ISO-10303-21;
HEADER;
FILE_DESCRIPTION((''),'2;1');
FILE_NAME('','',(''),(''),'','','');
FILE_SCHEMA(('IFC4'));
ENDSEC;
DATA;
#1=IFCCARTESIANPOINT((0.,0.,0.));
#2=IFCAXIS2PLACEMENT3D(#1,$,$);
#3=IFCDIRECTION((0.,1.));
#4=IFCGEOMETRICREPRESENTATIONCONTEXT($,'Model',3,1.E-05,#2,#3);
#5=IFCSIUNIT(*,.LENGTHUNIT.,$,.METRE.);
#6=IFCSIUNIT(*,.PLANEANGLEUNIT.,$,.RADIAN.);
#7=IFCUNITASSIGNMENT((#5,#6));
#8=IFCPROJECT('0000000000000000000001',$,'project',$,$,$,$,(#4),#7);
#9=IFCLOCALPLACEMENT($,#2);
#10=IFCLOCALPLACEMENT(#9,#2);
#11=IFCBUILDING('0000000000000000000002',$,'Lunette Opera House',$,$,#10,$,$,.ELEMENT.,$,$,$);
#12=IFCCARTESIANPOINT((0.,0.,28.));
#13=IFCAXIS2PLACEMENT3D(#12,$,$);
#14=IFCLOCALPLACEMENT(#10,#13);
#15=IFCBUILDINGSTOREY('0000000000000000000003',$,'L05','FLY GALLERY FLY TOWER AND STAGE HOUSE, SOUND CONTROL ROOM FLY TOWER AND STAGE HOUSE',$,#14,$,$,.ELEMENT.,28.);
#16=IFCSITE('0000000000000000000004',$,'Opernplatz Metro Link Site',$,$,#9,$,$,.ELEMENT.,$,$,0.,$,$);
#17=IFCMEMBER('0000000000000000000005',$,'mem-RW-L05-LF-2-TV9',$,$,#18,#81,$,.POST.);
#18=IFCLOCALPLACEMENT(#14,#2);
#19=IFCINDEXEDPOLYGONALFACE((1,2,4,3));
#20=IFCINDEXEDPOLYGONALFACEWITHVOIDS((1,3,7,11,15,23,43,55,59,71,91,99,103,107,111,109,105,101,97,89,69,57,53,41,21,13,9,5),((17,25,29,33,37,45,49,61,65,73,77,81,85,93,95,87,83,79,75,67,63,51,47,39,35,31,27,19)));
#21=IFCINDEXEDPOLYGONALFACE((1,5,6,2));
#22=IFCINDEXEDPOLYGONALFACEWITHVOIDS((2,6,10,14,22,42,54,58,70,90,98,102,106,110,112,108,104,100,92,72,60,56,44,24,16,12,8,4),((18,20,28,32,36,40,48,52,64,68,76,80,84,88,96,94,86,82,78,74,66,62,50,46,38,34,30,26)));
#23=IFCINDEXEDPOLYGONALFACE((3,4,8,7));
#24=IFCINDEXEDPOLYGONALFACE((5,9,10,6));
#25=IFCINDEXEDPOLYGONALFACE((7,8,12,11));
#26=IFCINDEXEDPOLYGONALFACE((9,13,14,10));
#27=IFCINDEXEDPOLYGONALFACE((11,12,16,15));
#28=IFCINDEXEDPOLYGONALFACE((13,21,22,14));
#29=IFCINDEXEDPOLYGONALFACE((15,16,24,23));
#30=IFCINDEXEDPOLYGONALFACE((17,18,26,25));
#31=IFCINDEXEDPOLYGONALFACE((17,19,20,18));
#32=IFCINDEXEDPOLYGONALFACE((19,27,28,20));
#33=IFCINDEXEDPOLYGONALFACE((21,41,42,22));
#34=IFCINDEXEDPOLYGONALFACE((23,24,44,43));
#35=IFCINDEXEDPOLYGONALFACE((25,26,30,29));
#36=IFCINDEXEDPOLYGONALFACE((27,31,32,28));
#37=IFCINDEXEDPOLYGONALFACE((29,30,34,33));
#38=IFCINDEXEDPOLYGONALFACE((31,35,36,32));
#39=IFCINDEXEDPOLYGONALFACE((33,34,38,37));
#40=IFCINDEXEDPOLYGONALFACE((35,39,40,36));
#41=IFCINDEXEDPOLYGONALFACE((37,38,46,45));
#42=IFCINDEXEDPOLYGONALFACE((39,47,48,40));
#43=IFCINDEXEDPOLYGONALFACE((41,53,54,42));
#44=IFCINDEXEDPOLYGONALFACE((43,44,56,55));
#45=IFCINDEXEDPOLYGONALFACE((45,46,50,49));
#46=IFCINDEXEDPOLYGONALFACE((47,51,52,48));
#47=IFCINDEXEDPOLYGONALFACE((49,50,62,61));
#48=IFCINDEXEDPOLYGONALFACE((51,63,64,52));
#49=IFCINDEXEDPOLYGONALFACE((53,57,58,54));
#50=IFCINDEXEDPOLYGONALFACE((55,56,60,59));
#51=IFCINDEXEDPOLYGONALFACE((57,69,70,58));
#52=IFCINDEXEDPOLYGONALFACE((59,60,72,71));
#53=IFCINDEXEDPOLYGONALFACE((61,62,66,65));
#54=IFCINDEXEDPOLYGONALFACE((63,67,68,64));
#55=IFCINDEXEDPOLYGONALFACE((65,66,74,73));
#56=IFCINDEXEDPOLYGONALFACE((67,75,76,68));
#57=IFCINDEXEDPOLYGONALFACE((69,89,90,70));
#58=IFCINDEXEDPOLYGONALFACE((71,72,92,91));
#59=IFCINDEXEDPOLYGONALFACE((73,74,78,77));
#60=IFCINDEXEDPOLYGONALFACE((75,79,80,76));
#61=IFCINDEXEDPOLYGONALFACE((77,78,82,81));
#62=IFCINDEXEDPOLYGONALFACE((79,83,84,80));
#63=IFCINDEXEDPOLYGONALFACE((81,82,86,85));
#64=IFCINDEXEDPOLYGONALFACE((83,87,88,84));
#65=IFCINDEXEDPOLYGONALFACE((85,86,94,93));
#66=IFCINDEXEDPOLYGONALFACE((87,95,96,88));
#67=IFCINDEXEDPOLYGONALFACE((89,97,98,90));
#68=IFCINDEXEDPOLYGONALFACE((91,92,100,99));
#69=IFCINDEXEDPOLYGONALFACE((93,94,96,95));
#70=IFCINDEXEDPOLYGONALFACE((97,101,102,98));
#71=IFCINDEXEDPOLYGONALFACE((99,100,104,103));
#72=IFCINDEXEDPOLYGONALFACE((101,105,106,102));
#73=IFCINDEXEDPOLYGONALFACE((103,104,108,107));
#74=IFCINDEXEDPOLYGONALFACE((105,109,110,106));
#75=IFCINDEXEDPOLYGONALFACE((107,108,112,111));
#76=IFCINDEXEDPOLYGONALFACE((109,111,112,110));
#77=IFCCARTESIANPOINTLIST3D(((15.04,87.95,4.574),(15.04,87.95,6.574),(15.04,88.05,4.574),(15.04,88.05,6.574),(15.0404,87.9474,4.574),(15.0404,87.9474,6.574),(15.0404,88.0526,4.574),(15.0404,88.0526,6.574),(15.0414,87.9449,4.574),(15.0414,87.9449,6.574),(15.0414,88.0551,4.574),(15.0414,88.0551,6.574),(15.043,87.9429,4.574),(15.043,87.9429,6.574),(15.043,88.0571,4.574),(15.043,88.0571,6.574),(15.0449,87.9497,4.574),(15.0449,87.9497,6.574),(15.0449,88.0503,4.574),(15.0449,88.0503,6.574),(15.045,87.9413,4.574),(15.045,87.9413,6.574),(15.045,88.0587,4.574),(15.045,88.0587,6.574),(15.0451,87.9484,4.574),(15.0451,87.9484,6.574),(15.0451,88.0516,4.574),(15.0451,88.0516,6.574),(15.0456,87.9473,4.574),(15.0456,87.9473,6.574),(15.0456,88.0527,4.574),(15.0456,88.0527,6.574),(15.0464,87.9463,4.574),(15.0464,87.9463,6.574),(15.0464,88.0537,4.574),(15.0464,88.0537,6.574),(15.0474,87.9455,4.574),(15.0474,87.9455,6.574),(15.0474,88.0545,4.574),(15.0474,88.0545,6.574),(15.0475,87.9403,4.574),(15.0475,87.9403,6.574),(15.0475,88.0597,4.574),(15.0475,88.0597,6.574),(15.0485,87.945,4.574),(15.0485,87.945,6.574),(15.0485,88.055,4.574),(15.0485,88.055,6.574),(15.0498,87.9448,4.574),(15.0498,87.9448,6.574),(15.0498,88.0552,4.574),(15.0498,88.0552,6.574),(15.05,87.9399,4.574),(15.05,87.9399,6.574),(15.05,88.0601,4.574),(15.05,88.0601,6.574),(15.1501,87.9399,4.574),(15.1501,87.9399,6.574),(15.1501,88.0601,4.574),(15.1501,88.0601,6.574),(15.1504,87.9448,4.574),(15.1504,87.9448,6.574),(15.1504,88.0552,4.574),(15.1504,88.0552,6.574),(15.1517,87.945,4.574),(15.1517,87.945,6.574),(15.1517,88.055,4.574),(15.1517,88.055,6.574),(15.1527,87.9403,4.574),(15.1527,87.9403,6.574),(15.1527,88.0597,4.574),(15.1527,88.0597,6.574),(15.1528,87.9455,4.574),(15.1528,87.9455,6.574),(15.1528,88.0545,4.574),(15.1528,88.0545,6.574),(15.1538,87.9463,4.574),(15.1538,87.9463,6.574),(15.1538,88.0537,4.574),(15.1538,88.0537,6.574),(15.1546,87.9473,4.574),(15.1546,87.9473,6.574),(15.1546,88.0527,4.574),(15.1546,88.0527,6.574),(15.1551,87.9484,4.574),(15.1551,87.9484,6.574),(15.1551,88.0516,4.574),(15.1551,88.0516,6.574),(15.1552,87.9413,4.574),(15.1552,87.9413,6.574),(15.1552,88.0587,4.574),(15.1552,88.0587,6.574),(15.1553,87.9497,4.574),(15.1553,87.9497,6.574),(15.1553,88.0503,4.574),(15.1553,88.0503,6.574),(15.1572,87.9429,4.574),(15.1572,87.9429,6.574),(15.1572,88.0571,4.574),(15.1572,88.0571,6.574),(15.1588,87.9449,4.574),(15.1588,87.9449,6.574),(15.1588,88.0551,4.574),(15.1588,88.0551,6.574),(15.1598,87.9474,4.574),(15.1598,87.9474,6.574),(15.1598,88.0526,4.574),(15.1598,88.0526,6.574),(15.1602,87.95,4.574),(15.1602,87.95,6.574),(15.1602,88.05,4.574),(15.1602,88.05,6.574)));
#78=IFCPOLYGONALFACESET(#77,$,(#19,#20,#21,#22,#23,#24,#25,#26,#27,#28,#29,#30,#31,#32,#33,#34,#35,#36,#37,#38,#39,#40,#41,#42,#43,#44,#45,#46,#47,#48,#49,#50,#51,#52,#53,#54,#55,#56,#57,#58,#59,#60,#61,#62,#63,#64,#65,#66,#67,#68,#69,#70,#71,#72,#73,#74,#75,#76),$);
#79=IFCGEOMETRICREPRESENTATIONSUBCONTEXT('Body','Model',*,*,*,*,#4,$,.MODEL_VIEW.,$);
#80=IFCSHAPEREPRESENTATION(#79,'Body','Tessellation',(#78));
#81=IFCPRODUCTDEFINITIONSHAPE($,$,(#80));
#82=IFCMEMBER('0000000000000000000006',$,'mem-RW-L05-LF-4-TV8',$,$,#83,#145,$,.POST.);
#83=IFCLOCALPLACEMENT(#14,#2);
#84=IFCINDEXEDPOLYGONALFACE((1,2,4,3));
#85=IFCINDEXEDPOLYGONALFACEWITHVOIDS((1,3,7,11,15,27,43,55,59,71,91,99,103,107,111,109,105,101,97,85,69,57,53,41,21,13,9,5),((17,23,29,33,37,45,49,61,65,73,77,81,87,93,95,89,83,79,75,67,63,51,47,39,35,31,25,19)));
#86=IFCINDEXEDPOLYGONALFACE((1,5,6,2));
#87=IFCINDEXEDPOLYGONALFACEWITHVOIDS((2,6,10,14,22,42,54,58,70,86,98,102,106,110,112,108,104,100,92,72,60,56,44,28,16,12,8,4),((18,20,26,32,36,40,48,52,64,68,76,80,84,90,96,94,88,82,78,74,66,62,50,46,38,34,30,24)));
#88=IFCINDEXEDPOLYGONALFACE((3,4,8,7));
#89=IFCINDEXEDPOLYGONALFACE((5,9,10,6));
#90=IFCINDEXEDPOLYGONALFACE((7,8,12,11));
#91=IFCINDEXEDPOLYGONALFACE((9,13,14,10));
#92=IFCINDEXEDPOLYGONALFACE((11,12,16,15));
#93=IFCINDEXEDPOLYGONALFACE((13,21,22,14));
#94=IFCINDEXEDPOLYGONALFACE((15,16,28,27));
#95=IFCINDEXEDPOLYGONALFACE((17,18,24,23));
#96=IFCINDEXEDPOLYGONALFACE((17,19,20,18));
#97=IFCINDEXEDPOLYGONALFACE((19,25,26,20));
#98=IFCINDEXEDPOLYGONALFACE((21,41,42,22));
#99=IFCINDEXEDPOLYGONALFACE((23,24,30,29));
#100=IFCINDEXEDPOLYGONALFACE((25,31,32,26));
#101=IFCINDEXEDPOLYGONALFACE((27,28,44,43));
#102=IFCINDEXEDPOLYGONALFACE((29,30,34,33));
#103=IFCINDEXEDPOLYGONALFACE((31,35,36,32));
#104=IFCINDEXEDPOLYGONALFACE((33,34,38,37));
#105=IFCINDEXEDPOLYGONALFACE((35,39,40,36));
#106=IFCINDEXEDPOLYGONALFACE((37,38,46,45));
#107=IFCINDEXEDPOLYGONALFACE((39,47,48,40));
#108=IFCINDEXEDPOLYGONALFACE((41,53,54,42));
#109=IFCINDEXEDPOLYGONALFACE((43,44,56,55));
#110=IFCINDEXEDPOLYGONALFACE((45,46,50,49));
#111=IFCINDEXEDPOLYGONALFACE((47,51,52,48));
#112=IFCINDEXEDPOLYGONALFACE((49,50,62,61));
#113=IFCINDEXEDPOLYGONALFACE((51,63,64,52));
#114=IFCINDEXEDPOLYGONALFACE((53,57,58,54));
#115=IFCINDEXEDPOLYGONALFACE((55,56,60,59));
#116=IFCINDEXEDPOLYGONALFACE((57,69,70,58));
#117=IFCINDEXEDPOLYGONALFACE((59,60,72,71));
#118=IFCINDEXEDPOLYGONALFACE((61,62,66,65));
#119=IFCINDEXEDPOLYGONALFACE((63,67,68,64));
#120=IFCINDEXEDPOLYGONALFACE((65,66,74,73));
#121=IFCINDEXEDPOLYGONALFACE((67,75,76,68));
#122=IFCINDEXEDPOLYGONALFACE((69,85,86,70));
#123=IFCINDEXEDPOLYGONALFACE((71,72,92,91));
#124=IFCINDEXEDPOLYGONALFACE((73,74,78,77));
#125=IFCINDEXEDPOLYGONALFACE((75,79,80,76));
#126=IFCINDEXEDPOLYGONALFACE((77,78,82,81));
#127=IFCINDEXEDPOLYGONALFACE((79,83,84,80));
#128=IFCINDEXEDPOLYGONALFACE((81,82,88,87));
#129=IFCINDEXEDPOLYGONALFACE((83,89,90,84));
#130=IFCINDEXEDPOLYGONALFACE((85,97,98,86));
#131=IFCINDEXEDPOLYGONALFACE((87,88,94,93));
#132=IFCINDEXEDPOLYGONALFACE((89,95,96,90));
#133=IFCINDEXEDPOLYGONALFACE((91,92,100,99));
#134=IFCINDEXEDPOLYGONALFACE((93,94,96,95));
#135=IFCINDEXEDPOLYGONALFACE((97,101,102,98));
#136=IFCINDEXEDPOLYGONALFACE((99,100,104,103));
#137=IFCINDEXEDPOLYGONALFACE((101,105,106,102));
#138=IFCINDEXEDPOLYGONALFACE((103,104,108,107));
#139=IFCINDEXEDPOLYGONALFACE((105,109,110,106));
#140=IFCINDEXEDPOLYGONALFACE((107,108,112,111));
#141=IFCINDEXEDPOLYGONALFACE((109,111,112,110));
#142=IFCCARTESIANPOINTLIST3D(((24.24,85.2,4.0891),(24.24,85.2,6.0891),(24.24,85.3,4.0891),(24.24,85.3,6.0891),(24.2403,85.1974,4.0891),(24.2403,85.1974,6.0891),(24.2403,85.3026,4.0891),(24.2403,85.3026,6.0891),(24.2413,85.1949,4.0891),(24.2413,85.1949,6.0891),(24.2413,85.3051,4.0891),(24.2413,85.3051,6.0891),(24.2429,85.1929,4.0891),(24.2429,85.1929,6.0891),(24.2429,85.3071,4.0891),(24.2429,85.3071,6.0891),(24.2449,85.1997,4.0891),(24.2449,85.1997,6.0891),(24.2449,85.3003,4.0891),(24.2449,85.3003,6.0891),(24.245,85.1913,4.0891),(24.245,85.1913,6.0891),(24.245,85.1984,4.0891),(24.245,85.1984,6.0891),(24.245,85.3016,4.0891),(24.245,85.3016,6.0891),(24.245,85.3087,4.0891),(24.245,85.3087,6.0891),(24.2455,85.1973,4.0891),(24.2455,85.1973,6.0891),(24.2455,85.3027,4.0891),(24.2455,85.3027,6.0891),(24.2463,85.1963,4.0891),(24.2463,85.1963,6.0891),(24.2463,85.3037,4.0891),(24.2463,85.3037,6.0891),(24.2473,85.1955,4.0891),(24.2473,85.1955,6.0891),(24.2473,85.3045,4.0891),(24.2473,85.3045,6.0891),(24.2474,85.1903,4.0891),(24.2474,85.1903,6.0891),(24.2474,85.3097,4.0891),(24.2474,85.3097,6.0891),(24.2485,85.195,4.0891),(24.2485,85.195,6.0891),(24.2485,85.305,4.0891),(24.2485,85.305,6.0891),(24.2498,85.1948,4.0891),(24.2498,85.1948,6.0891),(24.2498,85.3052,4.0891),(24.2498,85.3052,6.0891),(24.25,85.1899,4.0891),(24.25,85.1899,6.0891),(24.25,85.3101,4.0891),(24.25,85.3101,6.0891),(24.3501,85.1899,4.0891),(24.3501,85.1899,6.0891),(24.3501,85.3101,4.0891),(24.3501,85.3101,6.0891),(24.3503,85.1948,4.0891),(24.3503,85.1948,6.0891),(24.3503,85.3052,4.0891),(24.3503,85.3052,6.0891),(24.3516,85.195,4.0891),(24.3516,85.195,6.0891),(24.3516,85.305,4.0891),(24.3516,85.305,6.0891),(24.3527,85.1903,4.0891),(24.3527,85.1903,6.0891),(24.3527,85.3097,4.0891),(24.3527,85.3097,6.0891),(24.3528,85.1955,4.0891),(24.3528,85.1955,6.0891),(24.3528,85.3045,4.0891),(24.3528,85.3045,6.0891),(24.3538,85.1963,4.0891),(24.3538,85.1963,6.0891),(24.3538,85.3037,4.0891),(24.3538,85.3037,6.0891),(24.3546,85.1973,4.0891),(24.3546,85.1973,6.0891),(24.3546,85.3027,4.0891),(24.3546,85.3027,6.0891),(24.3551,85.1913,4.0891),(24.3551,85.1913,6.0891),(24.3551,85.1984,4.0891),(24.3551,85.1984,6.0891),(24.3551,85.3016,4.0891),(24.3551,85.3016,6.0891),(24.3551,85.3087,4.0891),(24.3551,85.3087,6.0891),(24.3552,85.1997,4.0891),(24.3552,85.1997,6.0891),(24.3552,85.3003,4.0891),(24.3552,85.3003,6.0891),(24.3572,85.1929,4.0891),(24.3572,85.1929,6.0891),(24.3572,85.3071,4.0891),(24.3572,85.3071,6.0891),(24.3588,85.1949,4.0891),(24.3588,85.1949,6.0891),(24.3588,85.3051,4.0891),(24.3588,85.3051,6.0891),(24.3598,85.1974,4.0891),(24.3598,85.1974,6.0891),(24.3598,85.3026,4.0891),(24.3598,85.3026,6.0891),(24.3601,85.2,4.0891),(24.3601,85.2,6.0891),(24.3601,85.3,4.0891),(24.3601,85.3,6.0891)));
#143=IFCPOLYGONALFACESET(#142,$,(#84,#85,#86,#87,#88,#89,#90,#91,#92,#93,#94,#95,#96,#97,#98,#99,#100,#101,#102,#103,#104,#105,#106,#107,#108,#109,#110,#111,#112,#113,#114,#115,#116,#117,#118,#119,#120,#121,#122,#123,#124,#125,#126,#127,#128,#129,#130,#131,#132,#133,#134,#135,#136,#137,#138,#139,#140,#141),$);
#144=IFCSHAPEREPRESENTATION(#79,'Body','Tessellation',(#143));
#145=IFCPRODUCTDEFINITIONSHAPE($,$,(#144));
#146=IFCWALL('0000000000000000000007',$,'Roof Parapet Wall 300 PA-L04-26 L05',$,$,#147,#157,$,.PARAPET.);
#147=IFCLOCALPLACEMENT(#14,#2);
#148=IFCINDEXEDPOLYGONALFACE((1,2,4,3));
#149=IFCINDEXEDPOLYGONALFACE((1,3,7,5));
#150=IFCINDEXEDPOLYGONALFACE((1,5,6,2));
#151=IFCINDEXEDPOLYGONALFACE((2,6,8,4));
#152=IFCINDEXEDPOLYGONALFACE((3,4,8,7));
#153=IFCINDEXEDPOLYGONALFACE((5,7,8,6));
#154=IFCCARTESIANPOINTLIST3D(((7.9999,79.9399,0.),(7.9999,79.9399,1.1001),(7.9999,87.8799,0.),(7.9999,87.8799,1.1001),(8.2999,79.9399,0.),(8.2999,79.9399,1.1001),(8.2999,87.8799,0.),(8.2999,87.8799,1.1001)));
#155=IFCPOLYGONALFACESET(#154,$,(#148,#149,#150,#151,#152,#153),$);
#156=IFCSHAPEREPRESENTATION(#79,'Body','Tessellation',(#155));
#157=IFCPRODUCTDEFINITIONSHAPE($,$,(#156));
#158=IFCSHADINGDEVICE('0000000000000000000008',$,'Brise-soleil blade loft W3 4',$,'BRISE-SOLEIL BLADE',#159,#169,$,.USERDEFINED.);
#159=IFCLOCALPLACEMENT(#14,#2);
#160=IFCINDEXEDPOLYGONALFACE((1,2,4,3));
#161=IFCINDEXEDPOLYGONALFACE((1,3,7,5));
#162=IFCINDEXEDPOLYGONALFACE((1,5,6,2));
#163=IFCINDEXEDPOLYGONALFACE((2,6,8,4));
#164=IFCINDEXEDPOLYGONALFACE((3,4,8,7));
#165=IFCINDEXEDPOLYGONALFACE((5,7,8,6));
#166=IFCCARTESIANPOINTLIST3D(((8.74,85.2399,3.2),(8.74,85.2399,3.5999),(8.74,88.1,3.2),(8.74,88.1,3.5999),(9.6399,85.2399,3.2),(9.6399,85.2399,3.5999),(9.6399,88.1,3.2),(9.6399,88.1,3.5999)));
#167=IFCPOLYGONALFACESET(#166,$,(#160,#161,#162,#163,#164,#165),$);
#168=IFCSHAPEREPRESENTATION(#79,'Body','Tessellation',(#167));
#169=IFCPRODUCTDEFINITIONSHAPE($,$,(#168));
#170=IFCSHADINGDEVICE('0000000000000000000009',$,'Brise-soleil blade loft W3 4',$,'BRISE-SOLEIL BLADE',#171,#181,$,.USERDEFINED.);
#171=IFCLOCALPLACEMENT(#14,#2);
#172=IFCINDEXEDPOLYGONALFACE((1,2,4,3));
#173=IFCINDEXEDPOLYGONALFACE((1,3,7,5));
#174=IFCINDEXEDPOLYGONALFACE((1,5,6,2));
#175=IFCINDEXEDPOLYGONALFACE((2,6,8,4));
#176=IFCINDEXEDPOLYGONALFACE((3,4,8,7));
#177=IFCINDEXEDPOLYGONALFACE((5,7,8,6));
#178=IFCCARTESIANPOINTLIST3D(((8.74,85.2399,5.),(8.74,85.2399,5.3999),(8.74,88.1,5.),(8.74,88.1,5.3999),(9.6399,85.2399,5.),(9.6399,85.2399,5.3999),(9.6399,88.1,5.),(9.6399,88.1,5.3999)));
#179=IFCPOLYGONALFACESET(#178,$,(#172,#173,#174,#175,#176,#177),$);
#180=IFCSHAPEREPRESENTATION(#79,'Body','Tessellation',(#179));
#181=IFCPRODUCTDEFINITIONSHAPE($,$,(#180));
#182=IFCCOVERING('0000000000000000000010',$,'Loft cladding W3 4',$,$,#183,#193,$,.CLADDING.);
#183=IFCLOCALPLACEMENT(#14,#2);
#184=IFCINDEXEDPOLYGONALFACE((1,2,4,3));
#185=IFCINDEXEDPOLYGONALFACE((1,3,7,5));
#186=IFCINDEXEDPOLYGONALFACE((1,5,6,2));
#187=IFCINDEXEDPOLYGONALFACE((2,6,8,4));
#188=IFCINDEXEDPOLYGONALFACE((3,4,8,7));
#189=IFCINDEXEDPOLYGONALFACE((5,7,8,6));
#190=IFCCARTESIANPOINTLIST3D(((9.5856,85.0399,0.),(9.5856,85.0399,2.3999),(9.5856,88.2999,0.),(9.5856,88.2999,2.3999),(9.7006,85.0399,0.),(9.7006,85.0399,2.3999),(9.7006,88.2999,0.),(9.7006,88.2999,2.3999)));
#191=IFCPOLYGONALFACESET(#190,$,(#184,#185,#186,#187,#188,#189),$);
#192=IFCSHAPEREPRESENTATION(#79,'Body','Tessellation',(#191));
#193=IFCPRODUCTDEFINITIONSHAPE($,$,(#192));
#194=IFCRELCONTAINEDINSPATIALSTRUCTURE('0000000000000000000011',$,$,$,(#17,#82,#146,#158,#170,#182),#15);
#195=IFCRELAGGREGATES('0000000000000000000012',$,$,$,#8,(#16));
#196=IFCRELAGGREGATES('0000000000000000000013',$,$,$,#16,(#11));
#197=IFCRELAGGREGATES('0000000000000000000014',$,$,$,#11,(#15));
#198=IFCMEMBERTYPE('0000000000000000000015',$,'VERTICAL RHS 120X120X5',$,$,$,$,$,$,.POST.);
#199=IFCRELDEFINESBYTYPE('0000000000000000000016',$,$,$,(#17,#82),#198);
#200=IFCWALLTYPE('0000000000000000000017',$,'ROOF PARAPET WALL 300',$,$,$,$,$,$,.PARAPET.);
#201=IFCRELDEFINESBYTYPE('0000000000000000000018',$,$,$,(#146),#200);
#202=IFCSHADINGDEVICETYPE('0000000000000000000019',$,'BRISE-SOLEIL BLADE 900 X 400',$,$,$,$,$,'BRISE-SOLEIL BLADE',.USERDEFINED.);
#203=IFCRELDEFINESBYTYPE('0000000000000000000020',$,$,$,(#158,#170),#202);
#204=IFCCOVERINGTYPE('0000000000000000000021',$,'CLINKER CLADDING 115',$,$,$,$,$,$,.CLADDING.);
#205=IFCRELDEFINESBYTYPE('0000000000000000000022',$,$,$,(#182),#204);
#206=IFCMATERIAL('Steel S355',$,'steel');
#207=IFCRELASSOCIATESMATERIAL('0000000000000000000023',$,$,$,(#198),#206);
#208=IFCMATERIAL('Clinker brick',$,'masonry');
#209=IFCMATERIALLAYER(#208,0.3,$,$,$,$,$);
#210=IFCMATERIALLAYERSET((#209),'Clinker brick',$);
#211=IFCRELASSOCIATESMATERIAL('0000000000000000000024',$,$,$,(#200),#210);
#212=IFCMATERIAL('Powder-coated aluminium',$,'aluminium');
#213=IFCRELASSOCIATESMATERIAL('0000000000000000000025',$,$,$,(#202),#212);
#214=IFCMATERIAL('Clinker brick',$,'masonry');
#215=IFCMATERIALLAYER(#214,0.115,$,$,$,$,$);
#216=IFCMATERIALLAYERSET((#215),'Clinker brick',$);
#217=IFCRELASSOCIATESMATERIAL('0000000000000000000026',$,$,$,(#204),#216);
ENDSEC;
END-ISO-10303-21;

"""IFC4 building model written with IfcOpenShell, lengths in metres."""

from ifc_helpers import new_model, si_unit, direction, frame, frame_2d, origin, origin_2d, place, context, subcontext, project, spatial, rectangle, hollow_rectangle, extrude, material, layer, layer_set, material_profile, profile_set, type_object, element, save


model = new_model("IFC4")

# Units and contexts
model_context = context("Model", 3, precision=1e-05, world=origin(), true_north=direction((0.0, 1.0)))
body_context = subcontext(model_context, "Body", "Model", "MODEL_VIEW")
ifc_project = project(units=[si_unit("LENGTHUNIT", "METRE"), si_unit("PLANEANGLEUNIT", "RADIAN")], contexts=[model_context])

# Site, building, storey
site_placement = place(None, origin())
site = spatial("IfcSite", under=ifc_project, at=site_placement, Name="Opernplatz Metro Link Site", CompositionType="ELEMENT", RefElevation=0.0)
building_placement = place(site_placement, origin())
building = spatial("IfcBuilding", under=site, at=building_placement, Name="Lunette Opera House", CompositionType="ELEMENT")
storey_placement = place(building_placement, frame((0.0, 0.0, 28.0)))
storey = spatial("IfcBuildingStorey", under=building, at=storey_placement, Name="L05", Description="FLY GALLERY FLY TOWER AND STAGE HOUSE, SOUND CONTROL ROOM FLY TOWER AND STAGE HOUSE", CompositionType="ELEMENT", Elevation=28.0)

# Members
ifc_material_1 = material(Name="Steel S355", Category="steel")
ifc_material_profile_1 = material_profile(ifc_material_1, hollow_rectangle(XDim=0.1201, YDim=0.1201, WallThickness=0.0049, InnerFilletRadius=0.0049, OuterFilletRadius=0.01, at=origin_2d()), Name="RHS 120X120X5")
ifc_profile_set_1 = profile_set([ifc_material_profile_1], Name="Steel S355")
member_type_1 = type_object("IfcMemberType", Name="VERTICAL RHS 120X120X5", PredefinedType="POST", material=ifc_profile_set_1)
for number, where, z_axis, x_axis, name in (
    (1, (15.1001, 88.0, 4.574), (0.0, 0.0, 1.0), (1.0, 0.0, 0.0), "mem-RW-L05-LF-2-TV9"),
    (2, (24.3, 85.25, 4.0891), (0.0, 0.0, 1.0), (1.0, 0.0, 0.0), "mem-RW-L05-LF-4-TV8"),
):
    element("IfcMember", number, at=place(storey_placement, frame(where, z_axis=z_axis, x_axis=x_axis)), inside=storey, type_object=member_type_1, Name=name, PredefinedType="POST", context=body_context, shape_type="SweptSolid", body=[
        extrude(hollow_rectangle(XDim=0.1201, YDim=0.1201, WallThickness=0.0049, InnerFilletRadius=0.0049, OuterFilletRadius=0.01, at=origin_2d()), origin(), (0.0, 0.0, 1.0), 2.0),
    ])

# Wall
ifc_material_2 = material(Name="Clinker brick", Category="masonry")
ifc_layer_1 = layer(ifc_material_2, 0.3)
ifc_layer_set_1 = layer_set([ifc_layer_1], Name="Clinker brick")
wall_type = type_object("IfcWallType", Name="ROOF PARAPET WALL 300", PredefinedType="PARAPET", material=ifc_layer_set_1)
wall_placement = place(storey_placement, frame((8.1499, 87.8799, 0.0), z_axis=(0.0, 0.0, 1.0), x_axis=(0.0, -1.0, 0.0)))
element("IfcWall", 3, at=wall_placement, inside=storey, type_object=wall_type, Name="Roof Parapet Wall 300 PA-L04-26 L05", PredefinedType="PARAPET", context=body_context, shape_type="SweptSolid", body=[
    extrude(rectangle(XDim=7.9399, YDim=0.3, at=frame_2d((3.97, 0.0))), origin(), (0.0, 0.0, 1.0), 1.1001),
])

# Shading devices
ifc_material_3 = material(Name="Powder-coated aluminium", Category="aluminium")
shading_device_type = type_object("IfcShadingDeviceType", Name="BRISE-SOLEIL BLADE 900 X 400", ElementType="BRISE-SOLEIL BLADE", PredefinedType="USERDEFINED", material=ifc_material_3)
for number, where, z_axis, x_axis, name in (
    (4, (9.1899, 86.6699, 3.2), (0.0, 0.0, 1.0), (-1.0, 0.0, 0.0), "Brise-soleil blade loft W3 4"),
    (5, (9.1899, 86.6699, 5.0), (0.0, 0.0, 1.0), (-1.0, 0.0, 0.0), "Brise-soleil blade loft W3 4"),
):
    element("IfcShadingDevice", number, at=place(storey_placement, frame(where, z_axis=z_axis, x_axis=x_axis)), inside=storey, type_object=shading_device_type, Name=name, ObjectType="BRISE-SOLEIL BLADE", PredefinedType="USERDEFINED", context=body_context, shape_type="SweptSolid", body=[
        extrude(rectangle(XDim=0.8999, YDim=2.8601, at=origin_2d()), origin(), (0.0, 0.0, 1.0), 0.3999),
    ])

# Covering
ifc_material_4 = material(Name="Clinker brick", Category="masonry")
ifc_layer_2 = layer(ifc_material_4, 0.115)
ifc_layer_set_2 = layer_set([ifc_layer_2], Name="Clinker brick")
covering_type_1 = type_object("IfcCoveringType", Name="CLINKER CLADDING 115", PredefinedType="CLADDING", material=ifc_layer_set_2)
covering_1_placement = place(storey_placement, frame((9.6431, 86.6699, 0.0), z_axis=(0.0, 0.0, 1.0), x_axis=(0.0, 1.0, 0.0)))
element("IfcCovering", 6, at=covering_1_placement, inside=storey, type_object=covering_type_1, Name="Loft cladding W3 4", PredefinedType="CLADDING", context=body_context, shape_type="SweptSolid", body=[
    extrude(rectangle(XDim=3.26, YDim=0.115, at=origin_2d()), origin(), (0.0, 0.0, 1.0), 2.3999),
])

save(model, "model.ifc")
